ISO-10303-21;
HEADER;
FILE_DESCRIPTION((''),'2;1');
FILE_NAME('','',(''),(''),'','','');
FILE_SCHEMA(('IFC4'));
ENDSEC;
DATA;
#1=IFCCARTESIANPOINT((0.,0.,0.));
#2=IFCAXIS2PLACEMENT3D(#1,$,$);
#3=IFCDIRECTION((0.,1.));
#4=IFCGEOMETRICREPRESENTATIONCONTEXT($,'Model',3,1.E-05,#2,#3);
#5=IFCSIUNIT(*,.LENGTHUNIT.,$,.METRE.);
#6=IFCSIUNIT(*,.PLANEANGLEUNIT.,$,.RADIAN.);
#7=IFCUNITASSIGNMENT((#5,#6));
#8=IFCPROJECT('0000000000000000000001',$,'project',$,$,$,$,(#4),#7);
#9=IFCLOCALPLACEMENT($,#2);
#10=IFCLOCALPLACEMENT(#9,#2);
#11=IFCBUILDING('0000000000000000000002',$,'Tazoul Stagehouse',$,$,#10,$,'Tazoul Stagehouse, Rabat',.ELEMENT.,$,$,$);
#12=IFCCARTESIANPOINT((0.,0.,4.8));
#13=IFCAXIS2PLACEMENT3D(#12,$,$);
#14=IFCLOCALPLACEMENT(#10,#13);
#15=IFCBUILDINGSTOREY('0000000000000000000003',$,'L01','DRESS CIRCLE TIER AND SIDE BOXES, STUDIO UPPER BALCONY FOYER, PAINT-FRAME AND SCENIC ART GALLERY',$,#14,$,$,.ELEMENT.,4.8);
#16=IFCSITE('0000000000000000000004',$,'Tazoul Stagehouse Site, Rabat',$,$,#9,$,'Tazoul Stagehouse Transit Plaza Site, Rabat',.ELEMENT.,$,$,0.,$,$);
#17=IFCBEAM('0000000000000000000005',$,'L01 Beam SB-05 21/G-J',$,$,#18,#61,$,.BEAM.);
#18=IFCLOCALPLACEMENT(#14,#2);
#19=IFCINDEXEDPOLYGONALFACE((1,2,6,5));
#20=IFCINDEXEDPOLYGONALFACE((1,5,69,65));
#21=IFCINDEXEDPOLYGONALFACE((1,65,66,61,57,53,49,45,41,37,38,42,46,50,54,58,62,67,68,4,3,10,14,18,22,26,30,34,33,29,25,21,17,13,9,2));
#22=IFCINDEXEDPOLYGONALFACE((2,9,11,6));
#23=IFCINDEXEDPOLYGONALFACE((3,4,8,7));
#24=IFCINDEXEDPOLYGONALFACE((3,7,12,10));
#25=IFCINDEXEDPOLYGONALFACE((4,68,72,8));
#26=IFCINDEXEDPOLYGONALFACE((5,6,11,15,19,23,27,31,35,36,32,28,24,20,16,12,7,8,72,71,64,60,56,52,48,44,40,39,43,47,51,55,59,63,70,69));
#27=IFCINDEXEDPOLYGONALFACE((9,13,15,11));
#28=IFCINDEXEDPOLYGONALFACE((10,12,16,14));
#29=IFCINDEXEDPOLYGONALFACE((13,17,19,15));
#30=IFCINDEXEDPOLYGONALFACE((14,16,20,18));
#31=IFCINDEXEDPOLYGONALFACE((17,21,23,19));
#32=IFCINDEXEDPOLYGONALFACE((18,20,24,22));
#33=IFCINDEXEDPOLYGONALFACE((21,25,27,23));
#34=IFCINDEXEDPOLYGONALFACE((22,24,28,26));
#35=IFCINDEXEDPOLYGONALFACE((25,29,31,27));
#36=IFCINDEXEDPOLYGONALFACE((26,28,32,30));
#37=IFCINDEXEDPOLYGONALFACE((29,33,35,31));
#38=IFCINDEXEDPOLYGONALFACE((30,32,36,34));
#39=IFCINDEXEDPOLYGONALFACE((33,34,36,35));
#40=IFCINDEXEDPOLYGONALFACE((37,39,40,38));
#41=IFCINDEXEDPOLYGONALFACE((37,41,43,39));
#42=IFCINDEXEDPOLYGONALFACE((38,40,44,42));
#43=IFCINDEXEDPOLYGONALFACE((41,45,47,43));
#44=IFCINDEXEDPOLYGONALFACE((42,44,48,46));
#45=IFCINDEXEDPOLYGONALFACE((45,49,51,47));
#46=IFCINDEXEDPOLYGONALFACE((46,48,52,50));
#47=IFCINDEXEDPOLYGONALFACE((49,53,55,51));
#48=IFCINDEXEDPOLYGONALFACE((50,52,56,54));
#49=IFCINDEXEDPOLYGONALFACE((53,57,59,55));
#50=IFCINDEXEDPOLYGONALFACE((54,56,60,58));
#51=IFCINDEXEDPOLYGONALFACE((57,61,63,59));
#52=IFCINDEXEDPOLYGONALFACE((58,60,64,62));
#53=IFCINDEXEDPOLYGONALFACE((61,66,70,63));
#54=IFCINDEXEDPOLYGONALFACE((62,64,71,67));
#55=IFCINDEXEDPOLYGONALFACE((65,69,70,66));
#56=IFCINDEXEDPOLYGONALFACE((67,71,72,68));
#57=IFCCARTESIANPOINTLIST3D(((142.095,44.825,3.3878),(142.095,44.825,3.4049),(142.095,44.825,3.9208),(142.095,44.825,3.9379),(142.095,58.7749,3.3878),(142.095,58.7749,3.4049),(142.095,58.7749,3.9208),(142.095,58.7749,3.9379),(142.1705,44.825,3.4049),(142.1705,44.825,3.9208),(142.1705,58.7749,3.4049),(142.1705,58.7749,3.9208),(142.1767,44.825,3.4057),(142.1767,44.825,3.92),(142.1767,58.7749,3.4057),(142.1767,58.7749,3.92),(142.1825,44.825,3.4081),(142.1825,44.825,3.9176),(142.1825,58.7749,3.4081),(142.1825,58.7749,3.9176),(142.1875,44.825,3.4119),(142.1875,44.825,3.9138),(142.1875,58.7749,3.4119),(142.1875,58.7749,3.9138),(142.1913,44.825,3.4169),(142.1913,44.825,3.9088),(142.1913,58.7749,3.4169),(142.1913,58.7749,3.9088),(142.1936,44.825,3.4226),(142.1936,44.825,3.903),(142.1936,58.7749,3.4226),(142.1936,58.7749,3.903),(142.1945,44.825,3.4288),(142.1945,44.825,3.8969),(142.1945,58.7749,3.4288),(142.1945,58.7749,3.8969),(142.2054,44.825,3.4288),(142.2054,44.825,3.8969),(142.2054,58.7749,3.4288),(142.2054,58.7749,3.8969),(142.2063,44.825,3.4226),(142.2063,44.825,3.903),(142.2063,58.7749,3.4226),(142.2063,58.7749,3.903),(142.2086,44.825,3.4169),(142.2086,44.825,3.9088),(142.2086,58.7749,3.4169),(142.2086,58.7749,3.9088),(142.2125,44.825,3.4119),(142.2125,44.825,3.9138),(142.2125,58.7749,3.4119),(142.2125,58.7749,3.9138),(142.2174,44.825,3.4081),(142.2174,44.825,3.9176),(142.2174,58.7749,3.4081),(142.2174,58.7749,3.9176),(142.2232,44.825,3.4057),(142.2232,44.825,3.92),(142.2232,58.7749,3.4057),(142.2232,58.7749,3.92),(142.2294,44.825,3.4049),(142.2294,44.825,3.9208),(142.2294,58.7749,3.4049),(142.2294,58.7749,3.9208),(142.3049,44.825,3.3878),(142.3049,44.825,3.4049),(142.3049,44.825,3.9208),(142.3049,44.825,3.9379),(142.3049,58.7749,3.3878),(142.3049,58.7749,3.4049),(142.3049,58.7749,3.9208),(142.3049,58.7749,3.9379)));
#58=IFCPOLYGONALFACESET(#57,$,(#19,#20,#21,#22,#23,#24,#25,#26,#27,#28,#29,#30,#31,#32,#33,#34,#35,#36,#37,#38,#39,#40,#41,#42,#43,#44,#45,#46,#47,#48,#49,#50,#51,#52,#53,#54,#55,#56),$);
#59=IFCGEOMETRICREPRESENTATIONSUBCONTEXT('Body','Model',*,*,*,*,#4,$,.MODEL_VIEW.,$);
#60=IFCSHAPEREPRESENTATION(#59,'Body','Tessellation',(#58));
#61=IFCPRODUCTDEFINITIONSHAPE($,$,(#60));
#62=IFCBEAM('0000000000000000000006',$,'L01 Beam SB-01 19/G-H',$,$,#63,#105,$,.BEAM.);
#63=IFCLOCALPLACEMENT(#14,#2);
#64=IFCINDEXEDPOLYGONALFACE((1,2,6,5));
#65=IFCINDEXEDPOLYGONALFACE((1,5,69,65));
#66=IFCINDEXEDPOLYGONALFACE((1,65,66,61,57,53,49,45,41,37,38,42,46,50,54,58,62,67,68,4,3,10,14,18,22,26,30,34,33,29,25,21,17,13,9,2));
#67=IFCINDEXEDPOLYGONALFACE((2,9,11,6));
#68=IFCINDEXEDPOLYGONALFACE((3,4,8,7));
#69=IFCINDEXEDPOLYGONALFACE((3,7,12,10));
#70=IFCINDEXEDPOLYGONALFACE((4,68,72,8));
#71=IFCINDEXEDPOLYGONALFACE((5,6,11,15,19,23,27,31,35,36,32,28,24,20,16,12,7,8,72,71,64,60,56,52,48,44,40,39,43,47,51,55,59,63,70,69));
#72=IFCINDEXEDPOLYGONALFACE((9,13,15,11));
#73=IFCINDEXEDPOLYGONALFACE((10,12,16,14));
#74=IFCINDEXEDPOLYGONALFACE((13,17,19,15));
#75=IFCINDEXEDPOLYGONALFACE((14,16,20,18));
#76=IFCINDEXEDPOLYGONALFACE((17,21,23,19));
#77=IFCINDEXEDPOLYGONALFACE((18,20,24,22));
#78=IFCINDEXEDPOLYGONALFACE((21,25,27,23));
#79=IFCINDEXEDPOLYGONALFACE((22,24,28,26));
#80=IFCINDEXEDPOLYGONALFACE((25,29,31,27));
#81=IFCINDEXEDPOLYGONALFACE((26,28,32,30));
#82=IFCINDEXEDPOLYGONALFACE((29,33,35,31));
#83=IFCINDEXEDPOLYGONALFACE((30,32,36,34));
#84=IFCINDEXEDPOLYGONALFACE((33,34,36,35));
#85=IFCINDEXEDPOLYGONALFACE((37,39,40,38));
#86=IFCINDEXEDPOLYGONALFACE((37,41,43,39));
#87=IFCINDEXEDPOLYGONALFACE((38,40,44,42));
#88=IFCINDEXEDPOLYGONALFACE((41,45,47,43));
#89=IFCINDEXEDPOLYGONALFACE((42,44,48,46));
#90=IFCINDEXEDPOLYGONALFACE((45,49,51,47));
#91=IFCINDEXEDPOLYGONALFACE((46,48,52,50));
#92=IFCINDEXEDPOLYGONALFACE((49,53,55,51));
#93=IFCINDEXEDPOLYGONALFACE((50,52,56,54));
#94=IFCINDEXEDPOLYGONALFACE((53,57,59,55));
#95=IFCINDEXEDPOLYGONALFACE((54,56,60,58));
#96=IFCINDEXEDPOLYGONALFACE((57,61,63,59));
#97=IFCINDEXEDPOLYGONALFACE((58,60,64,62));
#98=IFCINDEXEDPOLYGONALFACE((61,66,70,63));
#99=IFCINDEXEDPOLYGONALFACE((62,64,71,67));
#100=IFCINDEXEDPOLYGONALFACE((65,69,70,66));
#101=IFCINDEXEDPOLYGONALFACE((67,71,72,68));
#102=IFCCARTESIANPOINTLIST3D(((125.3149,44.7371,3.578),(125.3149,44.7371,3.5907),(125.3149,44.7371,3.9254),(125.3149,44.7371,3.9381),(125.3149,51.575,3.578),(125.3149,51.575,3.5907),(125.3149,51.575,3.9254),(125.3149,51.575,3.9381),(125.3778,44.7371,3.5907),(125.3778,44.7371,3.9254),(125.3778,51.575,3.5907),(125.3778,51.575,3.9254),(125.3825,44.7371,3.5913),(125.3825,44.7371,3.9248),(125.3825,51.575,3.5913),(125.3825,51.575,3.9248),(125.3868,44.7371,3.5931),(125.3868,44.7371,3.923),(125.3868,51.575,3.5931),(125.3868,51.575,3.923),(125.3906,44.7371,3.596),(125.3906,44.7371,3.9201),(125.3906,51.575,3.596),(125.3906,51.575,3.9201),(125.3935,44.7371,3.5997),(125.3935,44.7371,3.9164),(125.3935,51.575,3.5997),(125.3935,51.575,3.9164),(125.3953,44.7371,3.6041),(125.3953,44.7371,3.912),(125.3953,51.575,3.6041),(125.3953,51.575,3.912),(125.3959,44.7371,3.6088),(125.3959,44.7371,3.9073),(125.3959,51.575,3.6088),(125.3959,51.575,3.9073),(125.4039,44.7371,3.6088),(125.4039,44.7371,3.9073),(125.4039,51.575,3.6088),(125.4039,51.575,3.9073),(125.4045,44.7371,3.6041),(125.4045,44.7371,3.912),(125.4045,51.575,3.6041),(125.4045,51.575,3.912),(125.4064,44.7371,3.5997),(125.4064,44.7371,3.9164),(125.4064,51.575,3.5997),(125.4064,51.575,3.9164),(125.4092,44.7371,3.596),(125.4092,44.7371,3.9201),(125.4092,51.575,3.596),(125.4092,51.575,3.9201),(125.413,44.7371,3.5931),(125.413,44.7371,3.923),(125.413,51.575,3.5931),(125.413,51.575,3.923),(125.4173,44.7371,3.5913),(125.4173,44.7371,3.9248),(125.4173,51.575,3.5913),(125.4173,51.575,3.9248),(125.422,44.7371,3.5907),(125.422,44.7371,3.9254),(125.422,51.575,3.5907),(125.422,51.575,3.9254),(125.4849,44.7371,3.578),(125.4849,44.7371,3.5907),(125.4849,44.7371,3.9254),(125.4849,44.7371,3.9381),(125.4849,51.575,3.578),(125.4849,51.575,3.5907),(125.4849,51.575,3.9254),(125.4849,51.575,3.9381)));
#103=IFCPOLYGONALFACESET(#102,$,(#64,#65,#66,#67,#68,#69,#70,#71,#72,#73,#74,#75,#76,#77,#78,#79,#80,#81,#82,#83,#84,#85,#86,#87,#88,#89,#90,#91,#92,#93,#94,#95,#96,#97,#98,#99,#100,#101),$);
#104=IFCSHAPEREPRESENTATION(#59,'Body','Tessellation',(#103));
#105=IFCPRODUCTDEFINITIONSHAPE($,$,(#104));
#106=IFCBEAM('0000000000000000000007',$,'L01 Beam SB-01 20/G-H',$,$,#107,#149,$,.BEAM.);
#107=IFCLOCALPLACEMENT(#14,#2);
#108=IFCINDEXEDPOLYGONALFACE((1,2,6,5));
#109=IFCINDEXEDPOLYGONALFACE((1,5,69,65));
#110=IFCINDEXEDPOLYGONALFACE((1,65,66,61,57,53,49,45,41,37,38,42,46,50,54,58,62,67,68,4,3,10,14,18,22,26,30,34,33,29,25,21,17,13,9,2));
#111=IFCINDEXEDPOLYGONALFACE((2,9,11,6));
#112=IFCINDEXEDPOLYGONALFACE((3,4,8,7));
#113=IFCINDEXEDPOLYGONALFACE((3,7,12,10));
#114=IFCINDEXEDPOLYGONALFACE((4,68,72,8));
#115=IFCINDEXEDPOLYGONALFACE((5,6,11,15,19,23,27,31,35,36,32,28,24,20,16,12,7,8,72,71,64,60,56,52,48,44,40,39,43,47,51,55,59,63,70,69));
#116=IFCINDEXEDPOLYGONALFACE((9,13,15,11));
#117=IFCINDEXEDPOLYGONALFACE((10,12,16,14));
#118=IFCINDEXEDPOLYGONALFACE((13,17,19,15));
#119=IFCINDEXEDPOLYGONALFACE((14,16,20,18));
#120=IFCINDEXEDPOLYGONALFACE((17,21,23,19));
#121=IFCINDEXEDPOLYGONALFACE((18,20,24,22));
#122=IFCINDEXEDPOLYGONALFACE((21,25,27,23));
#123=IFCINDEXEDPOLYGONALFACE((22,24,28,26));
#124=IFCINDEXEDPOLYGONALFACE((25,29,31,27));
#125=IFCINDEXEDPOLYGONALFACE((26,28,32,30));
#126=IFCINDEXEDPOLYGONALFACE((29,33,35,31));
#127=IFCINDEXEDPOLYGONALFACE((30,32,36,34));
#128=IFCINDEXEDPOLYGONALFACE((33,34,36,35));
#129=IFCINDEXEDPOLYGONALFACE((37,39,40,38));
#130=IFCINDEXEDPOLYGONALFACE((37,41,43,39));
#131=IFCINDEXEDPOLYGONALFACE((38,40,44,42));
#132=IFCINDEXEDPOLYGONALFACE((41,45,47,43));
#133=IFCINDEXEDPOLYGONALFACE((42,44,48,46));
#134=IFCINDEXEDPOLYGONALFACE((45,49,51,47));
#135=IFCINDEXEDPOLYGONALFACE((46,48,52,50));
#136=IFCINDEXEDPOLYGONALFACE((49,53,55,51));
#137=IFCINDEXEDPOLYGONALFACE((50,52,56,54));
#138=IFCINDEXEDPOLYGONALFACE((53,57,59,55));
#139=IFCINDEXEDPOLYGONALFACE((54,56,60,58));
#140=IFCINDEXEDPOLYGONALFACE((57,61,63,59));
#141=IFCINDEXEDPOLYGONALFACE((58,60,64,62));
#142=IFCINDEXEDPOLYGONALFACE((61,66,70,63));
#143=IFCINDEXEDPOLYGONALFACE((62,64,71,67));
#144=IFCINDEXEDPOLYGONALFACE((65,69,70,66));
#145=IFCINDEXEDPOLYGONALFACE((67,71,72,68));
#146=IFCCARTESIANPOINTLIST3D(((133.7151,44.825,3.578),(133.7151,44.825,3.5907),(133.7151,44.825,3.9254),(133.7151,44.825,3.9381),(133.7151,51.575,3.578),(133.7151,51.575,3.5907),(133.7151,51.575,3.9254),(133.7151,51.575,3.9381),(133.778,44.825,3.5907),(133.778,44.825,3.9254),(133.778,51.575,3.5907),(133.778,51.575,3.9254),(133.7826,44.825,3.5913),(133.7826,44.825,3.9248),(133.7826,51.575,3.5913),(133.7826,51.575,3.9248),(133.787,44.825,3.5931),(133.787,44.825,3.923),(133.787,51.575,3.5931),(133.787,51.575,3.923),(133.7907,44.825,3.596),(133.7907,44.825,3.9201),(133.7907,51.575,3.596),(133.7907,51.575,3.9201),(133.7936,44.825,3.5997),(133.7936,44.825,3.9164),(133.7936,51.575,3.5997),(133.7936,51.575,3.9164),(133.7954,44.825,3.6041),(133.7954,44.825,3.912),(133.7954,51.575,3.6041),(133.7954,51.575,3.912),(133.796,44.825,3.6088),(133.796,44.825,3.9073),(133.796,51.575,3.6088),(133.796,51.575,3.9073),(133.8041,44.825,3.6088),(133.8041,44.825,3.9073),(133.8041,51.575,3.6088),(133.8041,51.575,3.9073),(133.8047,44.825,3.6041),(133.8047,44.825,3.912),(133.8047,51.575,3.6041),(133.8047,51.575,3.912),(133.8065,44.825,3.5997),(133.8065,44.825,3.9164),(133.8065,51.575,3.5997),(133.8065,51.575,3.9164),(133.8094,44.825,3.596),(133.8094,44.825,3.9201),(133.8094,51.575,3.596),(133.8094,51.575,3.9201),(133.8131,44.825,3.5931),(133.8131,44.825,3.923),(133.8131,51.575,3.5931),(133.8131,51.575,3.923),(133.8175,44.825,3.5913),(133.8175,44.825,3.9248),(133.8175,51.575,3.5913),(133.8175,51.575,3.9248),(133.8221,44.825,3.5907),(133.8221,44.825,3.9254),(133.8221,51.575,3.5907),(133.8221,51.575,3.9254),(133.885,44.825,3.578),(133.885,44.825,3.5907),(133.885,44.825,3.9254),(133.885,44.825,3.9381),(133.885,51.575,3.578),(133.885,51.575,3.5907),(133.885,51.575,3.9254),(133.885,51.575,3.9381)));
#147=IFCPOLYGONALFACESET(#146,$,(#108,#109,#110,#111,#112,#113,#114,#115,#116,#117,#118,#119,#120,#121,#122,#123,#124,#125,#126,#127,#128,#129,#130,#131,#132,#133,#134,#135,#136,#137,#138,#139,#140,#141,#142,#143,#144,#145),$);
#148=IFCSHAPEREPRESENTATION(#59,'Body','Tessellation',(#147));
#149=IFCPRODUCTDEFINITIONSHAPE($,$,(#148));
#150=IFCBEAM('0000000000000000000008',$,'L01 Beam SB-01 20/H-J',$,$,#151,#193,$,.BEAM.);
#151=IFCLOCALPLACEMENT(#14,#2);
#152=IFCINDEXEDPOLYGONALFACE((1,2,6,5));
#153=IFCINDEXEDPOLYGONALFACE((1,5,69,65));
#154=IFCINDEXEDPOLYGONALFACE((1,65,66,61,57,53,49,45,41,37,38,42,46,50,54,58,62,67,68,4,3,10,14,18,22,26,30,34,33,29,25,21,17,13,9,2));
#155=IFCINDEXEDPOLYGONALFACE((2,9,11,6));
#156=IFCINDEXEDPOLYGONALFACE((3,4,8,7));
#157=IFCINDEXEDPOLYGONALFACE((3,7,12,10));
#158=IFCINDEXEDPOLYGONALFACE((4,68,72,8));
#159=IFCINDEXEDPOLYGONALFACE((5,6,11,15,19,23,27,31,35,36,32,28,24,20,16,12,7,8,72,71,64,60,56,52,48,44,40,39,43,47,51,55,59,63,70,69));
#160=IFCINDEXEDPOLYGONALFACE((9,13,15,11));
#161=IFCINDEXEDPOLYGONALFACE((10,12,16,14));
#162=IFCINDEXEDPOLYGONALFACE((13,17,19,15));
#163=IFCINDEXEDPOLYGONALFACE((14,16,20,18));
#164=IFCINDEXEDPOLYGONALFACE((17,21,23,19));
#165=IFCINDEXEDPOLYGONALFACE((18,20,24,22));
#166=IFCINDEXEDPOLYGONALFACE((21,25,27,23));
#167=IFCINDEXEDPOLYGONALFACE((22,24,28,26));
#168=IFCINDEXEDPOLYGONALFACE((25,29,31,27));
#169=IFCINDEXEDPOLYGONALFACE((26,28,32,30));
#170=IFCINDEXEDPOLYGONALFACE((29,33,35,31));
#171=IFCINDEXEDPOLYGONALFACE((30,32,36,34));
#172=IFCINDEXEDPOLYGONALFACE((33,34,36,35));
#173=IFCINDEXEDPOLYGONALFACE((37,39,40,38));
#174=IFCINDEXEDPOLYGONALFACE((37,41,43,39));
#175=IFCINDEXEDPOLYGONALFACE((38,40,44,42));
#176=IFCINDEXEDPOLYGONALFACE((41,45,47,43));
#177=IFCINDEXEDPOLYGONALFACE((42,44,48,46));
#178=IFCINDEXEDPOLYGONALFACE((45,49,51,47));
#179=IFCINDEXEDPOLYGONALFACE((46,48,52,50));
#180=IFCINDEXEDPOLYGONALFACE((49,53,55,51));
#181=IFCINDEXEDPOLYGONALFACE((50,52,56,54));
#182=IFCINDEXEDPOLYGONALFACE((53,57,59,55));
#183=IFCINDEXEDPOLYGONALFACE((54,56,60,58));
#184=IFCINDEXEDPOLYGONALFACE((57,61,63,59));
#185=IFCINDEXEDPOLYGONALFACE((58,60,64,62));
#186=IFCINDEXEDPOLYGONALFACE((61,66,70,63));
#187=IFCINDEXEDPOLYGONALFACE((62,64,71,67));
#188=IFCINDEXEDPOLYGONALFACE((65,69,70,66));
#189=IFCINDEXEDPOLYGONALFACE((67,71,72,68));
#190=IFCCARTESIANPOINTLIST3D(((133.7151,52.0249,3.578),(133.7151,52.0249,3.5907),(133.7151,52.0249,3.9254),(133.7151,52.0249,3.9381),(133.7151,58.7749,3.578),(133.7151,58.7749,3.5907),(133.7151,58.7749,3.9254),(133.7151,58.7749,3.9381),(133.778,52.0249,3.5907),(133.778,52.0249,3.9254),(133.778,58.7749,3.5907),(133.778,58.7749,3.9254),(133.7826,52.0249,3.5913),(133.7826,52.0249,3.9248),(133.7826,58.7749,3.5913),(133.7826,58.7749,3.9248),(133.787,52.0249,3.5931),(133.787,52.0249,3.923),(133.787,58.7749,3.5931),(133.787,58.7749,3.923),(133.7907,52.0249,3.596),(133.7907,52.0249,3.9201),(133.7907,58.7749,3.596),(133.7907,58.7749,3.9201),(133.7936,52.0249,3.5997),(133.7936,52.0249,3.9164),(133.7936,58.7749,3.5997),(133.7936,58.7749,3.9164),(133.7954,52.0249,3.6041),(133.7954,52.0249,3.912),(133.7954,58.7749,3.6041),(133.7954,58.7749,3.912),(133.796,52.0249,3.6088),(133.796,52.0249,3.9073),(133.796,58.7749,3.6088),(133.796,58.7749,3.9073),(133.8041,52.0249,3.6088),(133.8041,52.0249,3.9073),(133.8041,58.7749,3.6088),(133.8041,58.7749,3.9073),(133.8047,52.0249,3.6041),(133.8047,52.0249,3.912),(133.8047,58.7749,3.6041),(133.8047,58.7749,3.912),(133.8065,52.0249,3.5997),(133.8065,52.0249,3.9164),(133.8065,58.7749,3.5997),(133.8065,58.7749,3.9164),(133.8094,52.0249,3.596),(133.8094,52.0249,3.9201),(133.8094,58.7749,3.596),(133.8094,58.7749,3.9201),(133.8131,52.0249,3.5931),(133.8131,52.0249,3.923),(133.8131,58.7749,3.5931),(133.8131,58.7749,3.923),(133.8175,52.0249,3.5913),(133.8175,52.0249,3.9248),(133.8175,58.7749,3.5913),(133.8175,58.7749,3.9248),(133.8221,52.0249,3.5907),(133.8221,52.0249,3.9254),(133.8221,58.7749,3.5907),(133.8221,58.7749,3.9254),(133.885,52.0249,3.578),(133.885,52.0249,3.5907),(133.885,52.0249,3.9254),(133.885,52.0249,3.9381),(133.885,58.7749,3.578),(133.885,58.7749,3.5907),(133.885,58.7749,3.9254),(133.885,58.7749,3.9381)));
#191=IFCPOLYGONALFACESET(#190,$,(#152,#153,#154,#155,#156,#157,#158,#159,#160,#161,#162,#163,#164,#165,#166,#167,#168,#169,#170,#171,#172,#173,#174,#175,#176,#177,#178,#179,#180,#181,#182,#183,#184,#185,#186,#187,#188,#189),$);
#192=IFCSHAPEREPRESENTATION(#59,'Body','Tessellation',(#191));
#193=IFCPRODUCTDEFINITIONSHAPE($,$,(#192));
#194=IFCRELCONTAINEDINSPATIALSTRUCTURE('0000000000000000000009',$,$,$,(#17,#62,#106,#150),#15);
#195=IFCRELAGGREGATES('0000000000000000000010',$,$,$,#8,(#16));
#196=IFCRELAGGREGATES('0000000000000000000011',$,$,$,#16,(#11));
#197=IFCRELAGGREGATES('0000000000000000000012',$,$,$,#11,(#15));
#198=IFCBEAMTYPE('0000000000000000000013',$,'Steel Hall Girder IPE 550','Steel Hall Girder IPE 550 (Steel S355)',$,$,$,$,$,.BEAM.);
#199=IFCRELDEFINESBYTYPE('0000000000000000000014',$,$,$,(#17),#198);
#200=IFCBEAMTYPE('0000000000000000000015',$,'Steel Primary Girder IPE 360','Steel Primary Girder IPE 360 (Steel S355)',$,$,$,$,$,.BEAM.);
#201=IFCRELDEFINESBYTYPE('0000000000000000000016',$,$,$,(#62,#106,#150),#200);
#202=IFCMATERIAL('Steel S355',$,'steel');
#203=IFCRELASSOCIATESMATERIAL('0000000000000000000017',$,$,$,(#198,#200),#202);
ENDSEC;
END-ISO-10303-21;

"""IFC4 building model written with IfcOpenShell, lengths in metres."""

from ifc_helpers import new_model, si_unit, direction, frame, origin, origin_2d, place, context, subcontext, project, spatial, i_section, extrude, material, material_profile, profile_set, type_object, element, save


model = new_model("IFC4")

# Units and contexts
model_context = context("Model", 3, precision=1e-05, world=origin(), true_north=direction((0.0, 1.0)))
body_context = subcontext(model_context, "Body", "Model", "MODEL_VIEW")
ifc_project = project(units=[si_unit("LENGTHUNIT", "METRE"), si_unit("PLANEANGLEUNIT", "RADIAN")], contexts=[model_context])

# Site, building, storey
site_placement = place(None, origin())
site = spatial("IfcSite", under=ifc_project, at=site_placement, Name="Tazoul Stagehouse Site, Rabat", LongName="Tazoul Stagehouse Transit Plaza Site, Rabat", CompositionType="ELEMENT", RefElevation=0.0)
building_placement = place(site_placement, origin())
building = spatial("IfcBuilding", under=site, at=building_placement, Name="Tazoul Stagehouse", LongName="Tazoul Stagehouse, Rabat", CompositionType="ELEMENT")
storey_placement = place(building_placement, frame((0.0, 0.0, 4.8)))
storey = spatial("IfcBuildingStorey", under=building, at=storey_placement, Name="L01", Description="DRESS CIRCLE TIER AND SIDE BOXES, STUDIO UPPER BALCONY FOYER, PAINT-FRAME AND SCENIC ART GALLERY", CompositionType="ELEMENT", Elevation=4.8)

# Shared definitions
ifc_material_1 = material(Name="Steel S355", Category="steel")

# Beams
ifc_material_profile_1 = material_profile(ifc_material_1, i_section(OverallWidth=0.21, OverallDepth=0.55, WebThickness=0.011, FlangeThickness=0.0171, FilletRadius=0.0239, at=origin_2d()), Name="IPE 550")
ifc_profile_set_1 = profile_set([ifc_material_profile_1], Name="Steel S355")
beam_type_1 = type_object("IfcBeamType", Name="Steel Hall Girder IPE 550", Description="Steel Hall Girder IPE 550 (Steel S355)", PredefinedType="BEAM", material=ifc_profile_set_1)
beam_1_placement = place(storey_placement, frame((142.2, 44.825, 3.6628), z_axis=(0.0, 1.0, 0.0), x_axis=(-1.0, 0.0, 0.0)))
element("IfcBeam", 1, at=beam_1_placement, inside=storey, type_object=beam_type_1, Name="L01 Beam SB-05 21/G-J", PredefinedType="BEAM", context=body_context, shape_type="SweptSolid", body=[
    extrude(i_section(OverallWidth=0.21, OverallDepth=0.55, WebThickness=0.011, FlangeThickness=0.0171, FilletRadius=0.0239, at=origin_2d()), origin(), (0.0, 0.0, 1.0), 13.95),
])
ifc_material_profile_2 = material_profile(ifc_material_1, i_section(OverallWidth=0.1699, OverallDepth=0.3601, WebThickness=0.0081, FlangeThickness=0.0127, FilletRadius=0.0181, at=origin_2d()), Name="IPE 360")
ifc_profile_set_2 = profile_set([ifc_material_profile_2], Name="Steel S355")
beam_type_2 = type_object("IfcBeamType", Name="Steel Primary Girder IPE 360", Description="Steel Primary Girder IPE 360 (Steel S355)", PredefinedType="BEAM", material=ifc_profile_set_2)
beam_2_placement = place(storey_placement, frame((125.3999, 44.7371, 3.7581), z_axis=(0.0, 1.0, 0.0), x_axis=(-1.0, 0.0, 0.0)))
element("IfcBeam", 2, at=beam_2_placement, inside=storey, type_object=beam_type_2, Name="L01 Beam SB-01 19/G-H", PredefinedType="BEAM", context=body_context, shape_type="SweptSolid", body=[
    extrude(i_section(OverallWidth=0.1699, OverallDepth=0.3601, WebThickness=0.0081, FlangeThickness=0.0127, FilletRadius=0.0181, at=origin_2d()), origin(), (0.0, 0.0, 1.0), 6.8379),
])
for number, where, z_axis, x_axis, name in (
    (3, (133.8, 44.825, 3.7581), (0.0, 1.0, 0.0), (-1.0, 0.0, 0.0), "L01 Beam SB-01 20/G-H"),
    (4, (133.8, 52.0249, 3.7581), (0.0, 1.0, 0.0), (-1.0, 0.0, 0.0), "L01 Beam SB-01 20/H-J"),
):
    element("IfcBeam", number, at=place(storey_placement, frame(where, z_axis=z_axis, x_axis=x_axis)), inside=storey, type_object=beam_type_2, Name=name, PredefinedType="BEAM", context=body_context, shape_type="SweptSolid", body=[
        extrude(i_section(OverallWidth=0.1699, OverallDepth=0.3601, WebThickness=0.0081, FlangeThickness=0.0127, FilletRadius=0.0181, at=origin_2d()), origin(), (0.0, 0.0, 1.0), 6.75),
    ])

save(model, "model.ifc")
